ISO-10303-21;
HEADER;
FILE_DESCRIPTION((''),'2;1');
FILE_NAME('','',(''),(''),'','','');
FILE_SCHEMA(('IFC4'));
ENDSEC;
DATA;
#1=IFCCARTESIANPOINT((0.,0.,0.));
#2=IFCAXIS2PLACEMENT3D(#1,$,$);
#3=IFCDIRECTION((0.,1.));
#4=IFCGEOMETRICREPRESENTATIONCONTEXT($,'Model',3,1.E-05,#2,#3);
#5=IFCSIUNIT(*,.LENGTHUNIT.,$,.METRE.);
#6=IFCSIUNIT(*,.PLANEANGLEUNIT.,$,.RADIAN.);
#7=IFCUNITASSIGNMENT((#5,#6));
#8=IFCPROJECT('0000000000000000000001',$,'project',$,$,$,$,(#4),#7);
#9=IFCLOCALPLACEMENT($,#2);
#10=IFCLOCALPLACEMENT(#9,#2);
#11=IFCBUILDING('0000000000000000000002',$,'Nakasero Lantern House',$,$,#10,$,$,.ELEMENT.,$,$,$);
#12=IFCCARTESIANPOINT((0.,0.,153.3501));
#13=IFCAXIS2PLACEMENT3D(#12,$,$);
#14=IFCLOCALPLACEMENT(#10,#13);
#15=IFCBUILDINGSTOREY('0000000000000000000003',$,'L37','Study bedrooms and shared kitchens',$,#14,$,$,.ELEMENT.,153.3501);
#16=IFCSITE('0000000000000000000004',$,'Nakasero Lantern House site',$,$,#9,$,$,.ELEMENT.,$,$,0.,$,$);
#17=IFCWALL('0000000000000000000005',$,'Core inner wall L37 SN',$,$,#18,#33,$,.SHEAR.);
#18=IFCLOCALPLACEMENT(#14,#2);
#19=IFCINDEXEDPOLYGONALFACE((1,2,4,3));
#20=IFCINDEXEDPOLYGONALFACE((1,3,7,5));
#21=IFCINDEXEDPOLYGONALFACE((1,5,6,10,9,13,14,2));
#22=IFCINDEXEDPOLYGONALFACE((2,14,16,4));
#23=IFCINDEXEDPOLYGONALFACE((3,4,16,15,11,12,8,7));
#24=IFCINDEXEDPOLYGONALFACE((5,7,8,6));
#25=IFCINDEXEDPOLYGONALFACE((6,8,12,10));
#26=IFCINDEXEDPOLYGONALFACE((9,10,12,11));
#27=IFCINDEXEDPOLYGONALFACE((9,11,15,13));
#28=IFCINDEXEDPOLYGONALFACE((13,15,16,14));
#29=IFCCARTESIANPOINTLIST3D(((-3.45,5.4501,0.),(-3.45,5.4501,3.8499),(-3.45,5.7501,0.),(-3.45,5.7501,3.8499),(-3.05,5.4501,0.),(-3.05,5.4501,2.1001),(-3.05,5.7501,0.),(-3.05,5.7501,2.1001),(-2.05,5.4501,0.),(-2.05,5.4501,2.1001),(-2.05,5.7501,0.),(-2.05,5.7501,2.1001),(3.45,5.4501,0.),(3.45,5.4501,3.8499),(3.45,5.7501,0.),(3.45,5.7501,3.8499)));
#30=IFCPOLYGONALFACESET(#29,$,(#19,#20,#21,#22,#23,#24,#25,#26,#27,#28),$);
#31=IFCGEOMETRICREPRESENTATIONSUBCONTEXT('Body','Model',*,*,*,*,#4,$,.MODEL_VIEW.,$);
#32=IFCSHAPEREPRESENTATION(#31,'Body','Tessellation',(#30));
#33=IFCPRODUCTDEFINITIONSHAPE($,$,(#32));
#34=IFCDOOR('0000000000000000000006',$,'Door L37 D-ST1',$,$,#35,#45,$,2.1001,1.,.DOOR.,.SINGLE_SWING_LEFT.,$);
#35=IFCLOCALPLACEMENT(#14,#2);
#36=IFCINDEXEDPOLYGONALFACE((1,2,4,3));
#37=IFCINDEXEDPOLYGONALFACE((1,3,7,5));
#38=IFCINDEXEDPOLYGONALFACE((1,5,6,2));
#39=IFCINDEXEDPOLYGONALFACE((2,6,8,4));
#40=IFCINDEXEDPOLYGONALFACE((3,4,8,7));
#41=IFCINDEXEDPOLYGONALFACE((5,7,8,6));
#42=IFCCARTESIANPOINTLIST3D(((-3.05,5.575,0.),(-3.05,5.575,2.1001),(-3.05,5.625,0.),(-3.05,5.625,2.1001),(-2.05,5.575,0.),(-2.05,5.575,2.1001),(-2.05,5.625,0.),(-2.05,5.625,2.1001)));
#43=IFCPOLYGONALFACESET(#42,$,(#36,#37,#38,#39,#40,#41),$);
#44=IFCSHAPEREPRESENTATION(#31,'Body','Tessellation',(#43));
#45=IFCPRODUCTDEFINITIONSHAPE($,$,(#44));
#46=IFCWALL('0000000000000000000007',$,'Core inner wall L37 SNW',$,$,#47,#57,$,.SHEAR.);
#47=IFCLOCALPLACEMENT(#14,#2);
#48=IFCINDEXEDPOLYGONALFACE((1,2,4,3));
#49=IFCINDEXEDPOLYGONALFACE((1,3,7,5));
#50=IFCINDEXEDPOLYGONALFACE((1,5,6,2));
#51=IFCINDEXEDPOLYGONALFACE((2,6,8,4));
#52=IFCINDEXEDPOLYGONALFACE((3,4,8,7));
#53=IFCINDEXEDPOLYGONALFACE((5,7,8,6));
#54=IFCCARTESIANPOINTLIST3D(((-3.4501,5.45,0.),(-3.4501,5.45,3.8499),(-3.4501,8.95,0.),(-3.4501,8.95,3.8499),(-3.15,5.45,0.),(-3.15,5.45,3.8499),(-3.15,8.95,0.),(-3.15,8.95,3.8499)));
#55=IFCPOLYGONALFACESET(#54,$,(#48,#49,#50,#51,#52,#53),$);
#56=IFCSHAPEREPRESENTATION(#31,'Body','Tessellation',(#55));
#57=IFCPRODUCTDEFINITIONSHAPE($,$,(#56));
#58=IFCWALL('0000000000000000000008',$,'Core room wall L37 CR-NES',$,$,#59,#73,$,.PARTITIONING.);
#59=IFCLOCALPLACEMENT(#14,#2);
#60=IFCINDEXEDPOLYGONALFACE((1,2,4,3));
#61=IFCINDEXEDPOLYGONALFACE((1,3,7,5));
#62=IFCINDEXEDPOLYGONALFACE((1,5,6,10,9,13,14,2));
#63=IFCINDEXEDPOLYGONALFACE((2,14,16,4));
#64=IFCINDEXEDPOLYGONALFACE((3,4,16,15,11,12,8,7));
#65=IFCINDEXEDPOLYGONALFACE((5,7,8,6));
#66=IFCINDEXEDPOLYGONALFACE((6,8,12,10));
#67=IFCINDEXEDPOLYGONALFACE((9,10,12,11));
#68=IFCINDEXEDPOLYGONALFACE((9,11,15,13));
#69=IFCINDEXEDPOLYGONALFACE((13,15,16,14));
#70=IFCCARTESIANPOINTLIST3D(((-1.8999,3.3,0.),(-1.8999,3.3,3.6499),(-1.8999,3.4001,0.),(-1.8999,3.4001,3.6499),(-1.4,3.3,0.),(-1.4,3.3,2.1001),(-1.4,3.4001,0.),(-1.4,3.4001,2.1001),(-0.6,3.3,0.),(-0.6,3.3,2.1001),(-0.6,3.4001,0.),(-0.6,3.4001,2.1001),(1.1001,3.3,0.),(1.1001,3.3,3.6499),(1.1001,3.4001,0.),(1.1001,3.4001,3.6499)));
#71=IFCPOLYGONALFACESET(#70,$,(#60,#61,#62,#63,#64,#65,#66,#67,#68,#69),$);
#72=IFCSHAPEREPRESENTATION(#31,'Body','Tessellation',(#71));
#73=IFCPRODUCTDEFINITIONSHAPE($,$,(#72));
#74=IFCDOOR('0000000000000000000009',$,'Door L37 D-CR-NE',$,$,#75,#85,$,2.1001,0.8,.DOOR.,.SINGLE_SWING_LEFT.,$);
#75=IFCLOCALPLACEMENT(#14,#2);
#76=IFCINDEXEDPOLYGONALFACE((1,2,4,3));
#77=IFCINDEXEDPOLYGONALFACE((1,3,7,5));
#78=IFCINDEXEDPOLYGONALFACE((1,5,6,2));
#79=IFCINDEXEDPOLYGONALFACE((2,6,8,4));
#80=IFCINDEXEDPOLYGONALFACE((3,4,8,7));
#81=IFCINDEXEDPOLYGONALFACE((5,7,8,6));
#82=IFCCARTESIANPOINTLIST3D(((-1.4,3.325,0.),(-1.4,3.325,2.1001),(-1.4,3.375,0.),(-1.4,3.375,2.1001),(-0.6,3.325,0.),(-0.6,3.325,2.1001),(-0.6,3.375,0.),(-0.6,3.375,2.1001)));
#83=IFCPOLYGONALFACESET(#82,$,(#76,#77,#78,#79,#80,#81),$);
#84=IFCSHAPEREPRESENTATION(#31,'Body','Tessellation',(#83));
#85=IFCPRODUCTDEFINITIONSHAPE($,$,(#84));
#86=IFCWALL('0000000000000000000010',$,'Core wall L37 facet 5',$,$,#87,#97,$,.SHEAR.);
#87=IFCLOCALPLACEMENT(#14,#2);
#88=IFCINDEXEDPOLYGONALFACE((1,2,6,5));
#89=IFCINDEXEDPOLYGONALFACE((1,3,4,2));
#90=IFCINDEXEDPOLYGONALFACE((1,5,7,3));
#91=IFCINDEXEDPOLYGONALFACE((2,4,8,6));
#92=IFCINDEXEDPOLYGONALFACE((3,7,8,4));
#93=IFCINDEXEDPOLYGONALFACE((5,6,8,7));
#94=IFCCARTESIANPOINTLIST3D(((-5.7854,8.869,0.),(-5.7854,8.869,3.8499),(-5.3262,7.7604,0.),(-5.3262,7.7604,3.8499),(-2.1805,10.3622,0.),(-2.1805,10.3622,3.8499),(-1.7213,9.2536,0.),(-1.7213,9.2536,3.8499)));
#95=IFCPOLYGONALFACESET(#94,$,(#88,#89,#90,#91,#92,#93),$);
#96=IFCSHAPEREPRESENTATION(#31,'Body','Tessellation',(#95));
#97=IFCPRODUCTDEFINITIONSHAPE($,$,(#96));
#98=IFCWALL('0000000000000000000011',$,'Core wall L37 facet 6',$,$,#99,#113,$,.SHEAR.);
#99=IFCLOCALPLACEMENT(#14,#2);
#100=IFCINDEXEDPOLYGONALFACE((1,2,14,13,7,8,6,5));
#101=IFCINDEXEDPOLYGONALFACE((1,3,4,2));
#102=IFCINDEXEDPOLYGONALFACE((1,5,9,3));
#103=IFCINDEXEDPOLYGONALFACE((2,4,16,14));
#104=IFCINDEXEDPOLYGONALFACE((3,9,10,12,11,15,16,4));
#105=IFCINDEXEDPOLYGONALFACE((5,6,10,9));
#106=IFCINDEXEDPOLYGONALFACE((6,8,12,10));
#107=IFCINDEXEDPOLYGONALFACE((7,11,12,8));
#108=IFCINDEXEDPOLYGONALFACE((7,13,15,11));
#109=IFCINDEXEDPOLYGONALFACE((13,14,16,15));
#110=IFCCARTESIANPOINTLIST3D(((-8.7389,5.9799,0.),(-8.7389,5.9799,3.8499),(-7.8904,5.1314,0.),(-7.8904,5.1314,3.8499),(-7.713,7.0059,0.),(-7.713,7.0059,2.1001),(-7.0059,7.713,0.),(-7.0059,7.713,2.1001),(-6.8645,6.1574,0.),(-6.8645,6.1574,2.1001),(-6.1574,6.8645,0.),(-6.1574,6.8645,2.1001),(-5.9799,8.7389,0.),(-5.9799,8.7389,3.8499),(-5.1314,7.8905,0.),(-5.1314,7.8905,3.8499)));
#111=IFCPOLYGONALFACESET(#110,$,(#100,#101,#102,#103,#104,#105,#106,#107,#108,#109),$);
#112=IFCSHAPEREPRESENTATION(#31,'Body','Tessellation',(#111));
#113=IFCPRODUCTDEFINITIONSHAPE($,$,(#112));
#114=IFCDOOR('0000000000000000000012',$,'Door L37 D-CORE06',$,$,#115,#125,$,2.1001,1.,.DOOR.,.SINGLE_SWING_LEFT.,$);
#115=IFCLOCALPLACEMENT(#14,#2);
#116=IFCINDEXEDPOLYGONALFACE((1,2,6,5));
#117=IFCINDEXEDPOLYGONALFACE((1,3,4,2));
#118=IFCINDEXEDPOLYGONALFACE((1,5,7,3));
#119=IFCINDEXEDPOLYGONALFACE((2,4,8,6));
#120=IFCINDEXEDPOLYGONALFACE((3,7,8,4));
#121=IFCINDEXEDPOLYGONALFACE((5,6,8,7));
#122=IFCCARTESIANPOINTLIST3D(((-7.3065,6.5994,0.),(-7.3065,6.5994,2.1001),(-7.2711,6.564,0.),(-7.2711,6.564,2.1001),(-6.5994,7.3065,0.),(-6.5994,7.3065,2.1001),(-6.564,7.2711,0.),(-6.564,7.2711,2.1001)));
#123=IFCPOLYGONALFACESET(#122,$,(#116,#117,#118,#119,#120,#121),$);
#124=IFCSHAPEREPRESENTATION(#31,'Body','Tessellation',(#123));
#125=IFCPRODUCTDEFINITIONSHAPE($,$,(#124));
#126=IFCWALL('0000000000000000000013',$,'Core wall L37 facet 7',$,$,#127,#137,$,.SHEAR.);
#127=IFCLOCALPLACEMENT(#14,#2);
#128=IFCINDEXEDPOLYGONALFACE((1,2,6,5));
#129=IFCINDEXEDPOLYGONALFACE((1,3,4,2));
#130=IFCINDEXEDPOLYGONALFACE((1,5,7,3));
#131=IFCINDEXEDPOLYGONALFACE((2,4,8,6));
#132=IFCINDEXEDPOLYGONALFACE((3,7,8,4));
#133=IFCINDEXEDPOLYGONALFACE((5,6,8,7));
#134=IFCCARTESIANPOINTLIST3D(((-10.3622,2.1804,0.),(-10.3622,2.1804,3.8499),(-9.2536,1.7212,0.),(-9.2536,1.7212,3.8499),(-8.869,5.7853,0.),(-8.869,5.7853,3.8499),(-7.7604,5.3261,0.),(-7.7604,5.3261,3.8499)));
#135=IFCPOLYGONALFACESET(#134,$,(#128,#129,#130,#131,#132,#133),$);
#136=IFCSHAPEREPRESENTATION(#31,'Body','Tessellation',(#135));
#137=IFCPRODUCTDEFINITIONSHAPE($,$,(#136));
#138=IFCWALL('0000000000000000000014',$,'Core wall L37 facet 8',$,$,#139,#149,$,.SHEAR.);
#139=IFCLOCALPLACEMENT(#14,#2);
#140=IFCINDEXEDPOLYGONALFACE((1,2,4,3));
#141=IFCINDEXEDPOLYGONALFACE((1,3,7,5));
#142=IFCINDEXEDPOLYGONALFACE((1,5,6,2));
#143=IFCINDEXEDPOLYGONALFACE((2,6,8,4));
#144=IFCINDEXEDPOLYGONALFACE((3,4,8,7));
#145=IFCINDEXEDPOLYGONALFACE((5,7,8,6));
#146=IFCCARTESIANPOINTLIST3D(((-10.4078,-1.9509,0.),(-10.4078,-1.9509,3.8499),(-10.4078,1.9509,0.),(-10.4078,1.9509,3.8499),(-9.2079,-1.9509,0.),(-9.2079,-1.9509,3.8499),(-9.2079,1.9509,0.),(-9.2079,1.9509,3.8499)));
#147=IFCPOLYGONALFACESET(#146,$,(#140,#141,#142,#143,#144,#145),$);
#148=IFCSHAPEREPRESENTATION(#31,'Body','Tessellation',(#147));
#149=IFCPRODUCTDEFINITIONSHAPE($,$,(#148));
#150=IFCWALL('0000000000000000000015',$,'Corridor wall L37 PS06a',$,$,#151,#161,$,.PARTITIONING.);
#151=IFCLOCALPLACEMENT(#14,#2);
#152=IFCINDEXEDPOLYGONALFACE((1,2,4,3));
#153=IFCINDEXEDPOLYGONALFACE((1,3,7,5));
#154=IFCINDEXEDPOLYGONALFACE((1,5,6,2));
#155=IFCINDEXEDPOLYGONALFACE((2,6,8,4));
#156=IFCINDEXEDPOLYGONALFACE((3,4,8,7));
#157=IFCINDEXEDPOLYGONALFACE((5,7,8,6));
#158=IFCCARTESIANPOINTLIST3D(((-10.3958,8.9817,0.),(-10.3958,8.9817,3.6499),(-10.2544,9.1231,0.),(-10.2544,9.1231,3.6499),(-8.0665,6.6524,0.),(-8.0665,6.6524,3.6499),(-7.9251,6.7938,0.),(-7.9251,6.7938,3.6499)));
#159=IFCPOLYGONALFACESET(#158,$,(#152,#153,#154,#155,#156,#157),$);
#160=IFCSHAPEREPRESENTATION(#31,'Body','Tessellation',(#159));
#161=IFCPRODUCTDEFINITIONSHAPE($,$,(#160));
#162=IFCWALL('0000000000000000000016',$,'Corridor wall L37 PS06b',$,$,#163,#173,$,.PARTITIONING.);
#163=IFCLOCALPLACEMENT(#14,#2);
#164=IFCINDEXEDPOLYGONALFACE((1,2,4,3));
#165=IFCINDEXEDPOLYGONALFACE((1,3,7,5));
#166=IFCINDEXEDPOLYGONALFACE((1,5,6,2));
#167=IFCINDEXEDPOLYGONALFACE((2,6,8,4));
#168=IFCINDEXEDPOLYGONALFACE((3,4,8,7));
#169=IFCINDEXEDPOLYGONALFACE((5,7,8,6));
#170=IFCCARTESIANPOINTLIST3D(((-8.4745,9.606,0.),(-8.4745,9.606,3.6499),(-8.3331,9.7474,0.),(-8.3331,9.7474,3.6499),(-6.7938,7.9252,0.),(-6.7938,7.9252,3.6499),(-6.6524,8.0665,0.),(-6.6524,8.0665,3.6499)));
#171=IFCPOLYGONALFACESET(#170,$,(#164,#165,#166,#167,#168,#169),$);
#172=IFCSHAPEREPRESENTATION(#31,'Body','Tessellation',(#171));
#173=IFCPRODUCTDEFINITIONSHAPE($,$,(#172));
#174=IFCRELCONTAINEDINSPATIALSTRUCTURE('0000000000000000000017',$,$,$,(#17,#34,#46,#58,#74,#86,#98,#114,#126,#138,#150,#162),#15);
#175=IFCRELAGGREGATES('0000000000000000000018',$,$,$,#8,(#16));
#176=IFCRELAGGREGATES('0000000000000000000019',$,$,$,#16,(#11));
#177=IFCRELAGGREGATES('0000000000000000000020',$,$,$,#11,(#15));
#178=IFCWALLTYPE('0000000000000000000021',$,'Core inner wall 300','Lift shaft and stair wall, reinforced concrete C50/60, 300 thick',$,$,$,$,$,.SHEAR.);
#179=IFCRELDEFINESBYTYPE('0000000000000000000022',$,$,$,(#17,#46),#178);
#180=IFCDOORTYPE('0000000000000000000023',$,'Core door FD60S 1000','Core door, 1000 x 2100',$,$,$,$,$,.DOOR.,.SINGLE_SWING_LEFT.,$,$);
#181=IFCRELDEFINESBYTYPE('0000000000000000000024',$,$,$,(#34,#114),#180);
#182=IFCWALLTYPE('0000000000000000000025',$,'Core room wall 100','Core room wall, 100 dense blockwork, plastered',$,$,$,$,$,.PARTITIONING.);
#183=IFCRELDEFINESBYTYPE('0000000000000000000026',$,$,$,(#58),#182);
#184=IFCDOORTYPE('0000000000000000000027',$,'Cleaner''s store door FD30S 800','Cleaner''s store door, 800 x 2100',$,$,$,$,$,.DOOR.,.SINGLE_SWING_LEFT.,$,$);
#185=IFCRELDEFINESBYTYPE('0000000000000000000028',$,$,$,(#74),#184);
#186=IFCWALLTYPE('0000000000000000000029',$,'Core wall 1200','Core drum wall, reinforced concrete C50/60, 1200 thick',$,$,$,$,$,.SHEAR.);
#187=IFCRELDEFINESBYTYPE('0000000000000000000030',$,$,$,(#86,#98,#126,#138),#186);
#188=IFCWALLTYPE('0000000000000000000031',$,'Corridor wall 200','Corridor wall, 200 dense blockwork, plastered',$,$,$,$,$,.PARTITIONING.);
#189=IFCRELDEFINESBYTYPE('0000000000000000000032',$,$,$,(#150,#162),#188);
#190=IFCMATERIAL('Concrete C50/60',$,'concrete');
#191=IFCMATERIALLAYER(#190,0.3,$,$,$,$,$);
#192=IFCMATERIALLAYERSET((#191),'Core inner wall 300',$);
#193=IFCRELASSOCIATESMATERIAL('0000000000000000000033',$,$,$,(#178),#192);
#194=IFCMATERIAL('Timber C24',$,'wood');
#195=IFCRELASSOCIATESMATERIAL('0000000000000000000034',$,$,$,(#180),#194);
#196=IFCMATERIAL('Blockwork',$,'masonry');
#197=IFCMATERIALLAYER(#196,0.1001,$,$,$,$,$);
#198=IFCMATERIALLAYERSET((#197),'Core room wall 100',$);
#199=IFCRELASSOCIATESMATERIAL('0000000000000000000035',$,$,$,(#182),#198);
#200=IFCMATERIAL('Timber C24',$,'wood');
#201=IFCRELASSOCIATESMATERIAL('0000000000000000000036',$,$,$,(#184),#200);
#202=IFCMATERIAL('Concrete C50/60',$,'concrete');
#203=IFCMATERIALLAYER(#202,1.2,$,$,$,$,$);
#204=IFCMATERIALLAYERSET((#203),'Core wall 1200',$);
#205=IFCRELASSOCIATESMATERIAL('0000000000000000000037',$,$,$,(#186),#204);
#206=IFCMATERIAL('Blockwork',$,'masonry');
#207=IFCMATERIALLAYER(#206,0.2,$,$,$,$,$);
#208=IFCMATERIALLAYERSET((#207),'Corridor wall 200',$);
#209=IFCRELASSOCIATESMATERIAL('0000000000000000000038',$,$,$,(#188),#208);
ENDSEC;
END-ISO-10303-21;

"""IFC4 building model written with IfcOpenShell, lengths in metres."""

from ifc_helpers import new_model, si_unit, direction, frame, frame_2d, origin, place, context, subcontext, project, spatial, rectangle, extrude, material, layer, layer_set, type_object, element, fill, save


model = new_model("IFC4")

# Units and contexts
model_context = context("Model", 3, precision=1e-05, world=origin(), true_north=direction((0.0, 1.0)))
body_context = subcontext(model_context, "Body", "Model", "MODEL_VIEW")
ifc_project = project(units=[si_unit("LENGTHUNIT", "METRE"), si_unit("PLANEANGLEUNIT", "RADIAN")], contexts=[model_context])

# Site, building, storey
site_placement = place(None, origin())
site = spatial("IfcSite", under=ifc_project, at=site_placement, Name="Nakasero Lantern House site", CompositionType="ELEMENT", RefElevation=0.0)
building_placement = place(site_placement, origin())
building = spatial("IfcBuilding", under=site, at=building_placement, Name="Nakasero Lantern House", CompositionType="ELEMENT")
storey_placement = place(building_placement, frame((0.0, 0.0, 153.3501)))
storey = spatial("IfcBuildingStorey", under=building, at=storey_placement, Name="L37", Description="Study bedrooms and shared kitchens", CompositionType="ELEMENT", Elevation=153.3501)

# Shared definitions
ifc_material_1 = material(Name="Concrete C50/60", Category="concrete")
ifc_layer_1 = layer(ifc_material_1, 0.3)
ifc_layer_set_1 = layer_set([ifc_layer_1], Name="Core inner wall 300")
wall_type_1 = type_object("IfcWallType", Name="Core inner wall 300", Description="Lift shaft and stair wall, reinforced concrete C50/60, 300 thick", PredefinedType="SHEAR", material=ifc_layer_set_1)

# Wall, opening, door
wall_1_placement = place(storey_placement, frame((-3.45, 5.6001, 0.0), z_axis=(0.0, 0.0, 1.0), x_axis=(1.0, 0.0, 0.0)))
wall_1 = element("IfcWall", 1, at=wall_1_placement, inside=storey, type_object=wall_type_1, Name="Core inner wall L37 SN", PredefinedType="SHEAR", context=body_context, shape_type="SweptSolid", body=[
    extrude(rectangle(XDim=6.8999, YDim=0.3, at=frame_2d((3.45, 0.0))), origin(), (0.0, 0.0, 1.0), 3.8499),
])
opening_1_placement = place(wall_1_placement, frame((0.3999, 0.0, 0.0)))
opening_1 = element("IfcOpeningElement", 2, at=opening_1_placement, cuts=wall_1, PredefinedType="OPENING", context=body_context, shape_type="SweptSolid", body=[
    extrude(rectangle(XDim=1.0, YDim=2.1001, at=frame_2d((0.5, 1.05))), frame((0.0, 0.1699, 0.0), z_axis=(0.0, -1.0, 0.0), x_axis=(1.0, 0.0, 0.0)), (0.0, 0.0, 1.0), 0.3401),
])
ifc_material_2 = material(Name="Timber C24", Category="wood")
door_type_1 = type_object("IfcDoorType", Name="Core door FD60S 1000", Description="Core door, 1000 x 2100", OperationType="SINGLE_SWING_LEFT", PredefinedType="DOOR", material=ifc_material_2)
door_1_placement = place(opening_1_placement, origin())
door_1 = element("IfcDoor", 3, at=door_1_placement, inside=storey, type_object=door_type_1, Name="Door L37 D-ST1", OperationType="SINGLE_SWING_LEFT", OverallHeight=2.1001, OverallWidth=1.0, PredefinedType="DOOR", context=body_context, shape_type="SweptSolid", body=[
    extrude(rectangle(XDim=1.0, YDim=2.1001, at=frame_2d((0.5, 1.05))), frame((0.0, 0.0249, 0.0), z_axis=(0.0, -1.0, 0.0), x_axis=(1.0, 0.0, 0.0)), (0.0, 0.0, 1.0), 0.05),
])
fill(opening_1, door_1)

# Wall
wall_2_placement = place(storey_placement, frame((-3.3, 5.45, 0.0), z_axis=(0.0, 0.0, 1.0), x_axis=(0.0, 1.0, 0.0)))
element("IfcWall", 4, at=wall_2_placement, inside=storey, type_object=wall_type_1, Name="Core inner wall L37 SNW", PredefinedType="SHEAR", context=body_context, shape_type="SweptSolid", body=[
    extrude(rectangle(XDim=3.5, YDim=0.3, at=frame_2d((1.75, 0.0))), origin(), (0.0, 0.0, 1.0), 3.8499),
])

# Wall, opening, door
ifc_material_3 = material(Name="Blockwork", Category="masonry")
ifc_layer_2 = layer(ifc_material_3, 0.1001)
ifc_layer_set_2 = layer_set([ifc_layer_2], Name="Core room wall 100")
wall_type_2 = type_object("IfcWallType", Name="Core room wall 100", Description="Core room wall, 100 dense blockwork, plastered", PredefinedType="PARTITIONING", material=ifc_layer_set_2)
wall_3_placement = place(storey_placement, frame((-1.8999, 3.3501, 0.0), z_axis=(0.0, 0.0, 1.0), x_axis=(1.0, 0.0, 0.0)))
wall_3 = element("IfcWall", 5, at=wall_3_placement, inside=storey, type_object=wall_type_2, Name="Core room wall L37 CR-NES", PredefinedType="PARTITIONING", context=body_context, shape_type="SweptSolid", body=[
    extrude(rectangle(XDim=3.0, YDim=0.1001, at=frame_2d((1.5, 0.0))), origin(), (0.0, 0.0, 1.0), 3.6499),
])
opening_2_placement = place(wall_3_placement, frame((0.5, 0.0, 0.0)))
opening_2 = element("IfcOpeningElement", 6, at=opening_2_placement, cuts=wall_3, PredefinedType="OPENING", context=body_context, shape_type="SweptSolid", body=[
    extrude(rectangle(XDim=0.8, YDim=2.1001, at=frame_2d((0.3999, 1.05))), frame((0.0, 0.0701, 0.0), z_axis=(0.0, -1.0, 0.0), x_axis=(1.0, 0.0, 0.0)), (0.0, 0.0, 1.0), 0.1401),
])
ifc_material_4 = material(Name="Timber C24", Category="wood")
door_type_2 = type_object("IfcDoorType", Name="Cleaner's store door FD30S 800", Description="Cleaner's store door, 800 x 2100", OperationType="SINGLE_SWING_LEFT", PredefinedType="DOOR", material=ifc_material_4)
door_2_placement = place(opening_2_placement, origin())
door_2 = element("IfcDoor", 7, at=door_2_placement, inside=storey, type_object=door_type_2, Name="Door L37 D-CR-NE", OperationType="SINGLE_SWING_LEFT", OverallHeight=2.1001, OverallWidth=0.8, PredefinedType="DOOR", context=body_context, shape_type="SweptSolid", body=[
    extrude(rectangle(XDim=0.8, YDim=2.1001, at=frame_2d((0.3999, 1.05))), frame((0.0, 0.0249, 0.0), z_axis=(0.0, -1.0, 0.0), x_axis=(1.0, 0.0, 0.0)), (0.0, 0.0, 1.0), 0.05),
])
fill(opening_2, door_2)

# Wall
ifc_material_5 = material(Name="Concrete C50/60", Category="concrete")
ifc_layer_3 = layer(ifc_material_5, 1.2)
ifc_layer_set_3 = layer_set([ifc_layer_3], Name="Core wall 1200")
wall_type_3 = type_object("IfcWallType", Name="Core wall 1200", Description="Core drum wall, reinforced concrete C50/60, 1200 thick", PredefinedType="SHEAR", material=ifc_layer_set_3)
wall_4_placement = place(storey_placement, frame((-1.9509, 9.8079, 0.0), z_axis=(0.0, 0.0, 1.0), x_axis=(-0.923877, -0.382691, 0.0)))
element("IfcWall", 8, at=wall_4_placement, inside=storey, type_object=wall_type_3, Name="Core wall L37 facet 5", PredefinedType="SHEAR", context=body_context, shape_type="SweptSolid", body=[
    extrude(rectangle(XDim=3.9019, YDim=1.2, at=frame_2d((1.9509, 0.0))), origin(), (0.0, 0.0, 1.0), 3.8499),
])

# Wall, opening, door
wall_5_placement = place(storey_placement, frame((-5.5557, 8.3147, 0.0), z_axis=(0.0, 0.0, 1.0), x_axis=(-0.707107, -0.707107, 0.0)))
wall_5 = element("IfcWall", 9, at=wall_5_placement, inside=storey, type_object=wall_type_3, Name="Core wall L37 facet 6", PredefinedType="SHEAR", context=body_context, shape_type="SweptSolid", body=[
    extrude(rectangle(XDim=3.9019, YDim=1.2, at=frame_2d((1.9509, 0.0))), origin(), (0.0, 0.0, 1.0), 3.8499),
])
opening_3_placement = place(wall_5_placement, frame((1.4509, 0.0, 0.0)))
opening_3 = element("IfcOpeningElement", 10, at=opening_3_placement, cuts=wall_5, PredefinedType="OPENING", context=body_context, shape_type="SweptSolid", body=[
    extrude(rectangle(XDim=1.0, YDim=2.1001, at=frame_2d((0.5, 1.05))), frame((0.0, 0.6199, 0.0), z_axis=(0.0, -1.0, 0.0), x_axis=(1.0, 0.0, 0.0)), (0.0, 0.0, 1.0), 1.24),
])
door_3_placement = place(opening_3_placement, origin())
door_3 = element("IfcDoor", 11, at=door_3_placement, inside=storey, type_object=door_type_1, Name="Door L37 D-CORE06", OperationType="SINGLE_SWING_LEFT", OverallHeight=2.1001, OverallWidth=1.0, PredefinedType="DOOR", context=body_context, shape_type="SweptSolid", body=[
    extrude(rectangle(XDim=1.0, YDim=2.1001, at=frame_2d((0.5, 1.05))), frame((0.0, 0.0249, 0.0), z_axis=(0.0, -1.0, 0.0), x_axis=(1.0, 0.0, 0.0)), (0.0, 0.0, 1.0), 0.05),
])
fill(opening_3, door_3)

# Walls
for number, where, z_axis, x_axis, name in (
    (12, (-8.3147, 5.5557, 0.0), (0.0, 0.0, 1.0), (-0.382691, -0.923877, 0.0), "Core wall L37 facet 7"),
    (13, (-9.8079, 1.9509, 0.0), (0.0, 0.0, 1.0), (0.0, -1.0, 0.0), "Core wall L37 facet 8"),
):
    element("IfcWall", number, at=place(storey_placement, frame(where, z_axis=z_axis, x_axis=x_axis)), inside=storey, type_object=wall_type_3, Name=name, PredefinedType="SHEAR", context=body_context, shape_type="SweptSolid", body=[
        extrude(rectangle(XDim=3.9019, YDim=1.2, at=frame_2d((1.9509, 0.0))), origin(), (0.0, 0.0, 1.0), 3.8499),
    ])
ifc_material_6 = material(Name="Blockwork", Category="masonry")
ifc_layer_4 = layer(ifc_material_6, 0.2)
ifc_layer_set_4 = layer_set([ifc_layer_4], Name="Corridor wall 200")
wall_type_4 = type_object("IfcWallType", Name="Corridor wall 200", Description="Corridor wall, 200 dense blockwork, plastered", PredefinedType="PARTITIONING", material=ifc_layer_set_4)
wall_6_placement = place(storey_placement, frame((-7.9958, 6.7231, 0.0), z_axis=(0.0, 0.0, 1.0), x_axis=(-0.707107, 0.707107, 0.0)))
element("IfcWall", 14, at=wall_6_placement, inside=storey, type_object=wall_type_4, Name="Corridor wall L37 PS06a", PredefinedType="PARTITIONING", context=body_context, shape_type="SweptSolid", body=[
    extrude(rectangle(XDim=3.2942, YDim=0.2, at=frame_2d((1.647, 0.0))), origin(), (0.0, 0.0, 1.0), 3.6499),
])
wall_7_placement = place(storey_placement, frame((-6.7231, 7.9958, 0.0), z_axis=(0.0, 0.0, 1.0), x_axis=(-0.707055, 0.707158, 0.0)))
element("IfcWall", 15, at=wall_7_placement, inside=storey, type_object=wall_type_4, Name="Corridor wall L37 PS06b", PredefinedType="PARTITIONING", context=body_context, shape_type="SweptSolid", body=[
    extrude(rectangle(XDim=2.377, YDim=0.2, at=frame_2d((1.1885, 0.0))), origin(), (0.0, 0.0, 1.0), 3.6499),
])

save(model, "model.ifc")
